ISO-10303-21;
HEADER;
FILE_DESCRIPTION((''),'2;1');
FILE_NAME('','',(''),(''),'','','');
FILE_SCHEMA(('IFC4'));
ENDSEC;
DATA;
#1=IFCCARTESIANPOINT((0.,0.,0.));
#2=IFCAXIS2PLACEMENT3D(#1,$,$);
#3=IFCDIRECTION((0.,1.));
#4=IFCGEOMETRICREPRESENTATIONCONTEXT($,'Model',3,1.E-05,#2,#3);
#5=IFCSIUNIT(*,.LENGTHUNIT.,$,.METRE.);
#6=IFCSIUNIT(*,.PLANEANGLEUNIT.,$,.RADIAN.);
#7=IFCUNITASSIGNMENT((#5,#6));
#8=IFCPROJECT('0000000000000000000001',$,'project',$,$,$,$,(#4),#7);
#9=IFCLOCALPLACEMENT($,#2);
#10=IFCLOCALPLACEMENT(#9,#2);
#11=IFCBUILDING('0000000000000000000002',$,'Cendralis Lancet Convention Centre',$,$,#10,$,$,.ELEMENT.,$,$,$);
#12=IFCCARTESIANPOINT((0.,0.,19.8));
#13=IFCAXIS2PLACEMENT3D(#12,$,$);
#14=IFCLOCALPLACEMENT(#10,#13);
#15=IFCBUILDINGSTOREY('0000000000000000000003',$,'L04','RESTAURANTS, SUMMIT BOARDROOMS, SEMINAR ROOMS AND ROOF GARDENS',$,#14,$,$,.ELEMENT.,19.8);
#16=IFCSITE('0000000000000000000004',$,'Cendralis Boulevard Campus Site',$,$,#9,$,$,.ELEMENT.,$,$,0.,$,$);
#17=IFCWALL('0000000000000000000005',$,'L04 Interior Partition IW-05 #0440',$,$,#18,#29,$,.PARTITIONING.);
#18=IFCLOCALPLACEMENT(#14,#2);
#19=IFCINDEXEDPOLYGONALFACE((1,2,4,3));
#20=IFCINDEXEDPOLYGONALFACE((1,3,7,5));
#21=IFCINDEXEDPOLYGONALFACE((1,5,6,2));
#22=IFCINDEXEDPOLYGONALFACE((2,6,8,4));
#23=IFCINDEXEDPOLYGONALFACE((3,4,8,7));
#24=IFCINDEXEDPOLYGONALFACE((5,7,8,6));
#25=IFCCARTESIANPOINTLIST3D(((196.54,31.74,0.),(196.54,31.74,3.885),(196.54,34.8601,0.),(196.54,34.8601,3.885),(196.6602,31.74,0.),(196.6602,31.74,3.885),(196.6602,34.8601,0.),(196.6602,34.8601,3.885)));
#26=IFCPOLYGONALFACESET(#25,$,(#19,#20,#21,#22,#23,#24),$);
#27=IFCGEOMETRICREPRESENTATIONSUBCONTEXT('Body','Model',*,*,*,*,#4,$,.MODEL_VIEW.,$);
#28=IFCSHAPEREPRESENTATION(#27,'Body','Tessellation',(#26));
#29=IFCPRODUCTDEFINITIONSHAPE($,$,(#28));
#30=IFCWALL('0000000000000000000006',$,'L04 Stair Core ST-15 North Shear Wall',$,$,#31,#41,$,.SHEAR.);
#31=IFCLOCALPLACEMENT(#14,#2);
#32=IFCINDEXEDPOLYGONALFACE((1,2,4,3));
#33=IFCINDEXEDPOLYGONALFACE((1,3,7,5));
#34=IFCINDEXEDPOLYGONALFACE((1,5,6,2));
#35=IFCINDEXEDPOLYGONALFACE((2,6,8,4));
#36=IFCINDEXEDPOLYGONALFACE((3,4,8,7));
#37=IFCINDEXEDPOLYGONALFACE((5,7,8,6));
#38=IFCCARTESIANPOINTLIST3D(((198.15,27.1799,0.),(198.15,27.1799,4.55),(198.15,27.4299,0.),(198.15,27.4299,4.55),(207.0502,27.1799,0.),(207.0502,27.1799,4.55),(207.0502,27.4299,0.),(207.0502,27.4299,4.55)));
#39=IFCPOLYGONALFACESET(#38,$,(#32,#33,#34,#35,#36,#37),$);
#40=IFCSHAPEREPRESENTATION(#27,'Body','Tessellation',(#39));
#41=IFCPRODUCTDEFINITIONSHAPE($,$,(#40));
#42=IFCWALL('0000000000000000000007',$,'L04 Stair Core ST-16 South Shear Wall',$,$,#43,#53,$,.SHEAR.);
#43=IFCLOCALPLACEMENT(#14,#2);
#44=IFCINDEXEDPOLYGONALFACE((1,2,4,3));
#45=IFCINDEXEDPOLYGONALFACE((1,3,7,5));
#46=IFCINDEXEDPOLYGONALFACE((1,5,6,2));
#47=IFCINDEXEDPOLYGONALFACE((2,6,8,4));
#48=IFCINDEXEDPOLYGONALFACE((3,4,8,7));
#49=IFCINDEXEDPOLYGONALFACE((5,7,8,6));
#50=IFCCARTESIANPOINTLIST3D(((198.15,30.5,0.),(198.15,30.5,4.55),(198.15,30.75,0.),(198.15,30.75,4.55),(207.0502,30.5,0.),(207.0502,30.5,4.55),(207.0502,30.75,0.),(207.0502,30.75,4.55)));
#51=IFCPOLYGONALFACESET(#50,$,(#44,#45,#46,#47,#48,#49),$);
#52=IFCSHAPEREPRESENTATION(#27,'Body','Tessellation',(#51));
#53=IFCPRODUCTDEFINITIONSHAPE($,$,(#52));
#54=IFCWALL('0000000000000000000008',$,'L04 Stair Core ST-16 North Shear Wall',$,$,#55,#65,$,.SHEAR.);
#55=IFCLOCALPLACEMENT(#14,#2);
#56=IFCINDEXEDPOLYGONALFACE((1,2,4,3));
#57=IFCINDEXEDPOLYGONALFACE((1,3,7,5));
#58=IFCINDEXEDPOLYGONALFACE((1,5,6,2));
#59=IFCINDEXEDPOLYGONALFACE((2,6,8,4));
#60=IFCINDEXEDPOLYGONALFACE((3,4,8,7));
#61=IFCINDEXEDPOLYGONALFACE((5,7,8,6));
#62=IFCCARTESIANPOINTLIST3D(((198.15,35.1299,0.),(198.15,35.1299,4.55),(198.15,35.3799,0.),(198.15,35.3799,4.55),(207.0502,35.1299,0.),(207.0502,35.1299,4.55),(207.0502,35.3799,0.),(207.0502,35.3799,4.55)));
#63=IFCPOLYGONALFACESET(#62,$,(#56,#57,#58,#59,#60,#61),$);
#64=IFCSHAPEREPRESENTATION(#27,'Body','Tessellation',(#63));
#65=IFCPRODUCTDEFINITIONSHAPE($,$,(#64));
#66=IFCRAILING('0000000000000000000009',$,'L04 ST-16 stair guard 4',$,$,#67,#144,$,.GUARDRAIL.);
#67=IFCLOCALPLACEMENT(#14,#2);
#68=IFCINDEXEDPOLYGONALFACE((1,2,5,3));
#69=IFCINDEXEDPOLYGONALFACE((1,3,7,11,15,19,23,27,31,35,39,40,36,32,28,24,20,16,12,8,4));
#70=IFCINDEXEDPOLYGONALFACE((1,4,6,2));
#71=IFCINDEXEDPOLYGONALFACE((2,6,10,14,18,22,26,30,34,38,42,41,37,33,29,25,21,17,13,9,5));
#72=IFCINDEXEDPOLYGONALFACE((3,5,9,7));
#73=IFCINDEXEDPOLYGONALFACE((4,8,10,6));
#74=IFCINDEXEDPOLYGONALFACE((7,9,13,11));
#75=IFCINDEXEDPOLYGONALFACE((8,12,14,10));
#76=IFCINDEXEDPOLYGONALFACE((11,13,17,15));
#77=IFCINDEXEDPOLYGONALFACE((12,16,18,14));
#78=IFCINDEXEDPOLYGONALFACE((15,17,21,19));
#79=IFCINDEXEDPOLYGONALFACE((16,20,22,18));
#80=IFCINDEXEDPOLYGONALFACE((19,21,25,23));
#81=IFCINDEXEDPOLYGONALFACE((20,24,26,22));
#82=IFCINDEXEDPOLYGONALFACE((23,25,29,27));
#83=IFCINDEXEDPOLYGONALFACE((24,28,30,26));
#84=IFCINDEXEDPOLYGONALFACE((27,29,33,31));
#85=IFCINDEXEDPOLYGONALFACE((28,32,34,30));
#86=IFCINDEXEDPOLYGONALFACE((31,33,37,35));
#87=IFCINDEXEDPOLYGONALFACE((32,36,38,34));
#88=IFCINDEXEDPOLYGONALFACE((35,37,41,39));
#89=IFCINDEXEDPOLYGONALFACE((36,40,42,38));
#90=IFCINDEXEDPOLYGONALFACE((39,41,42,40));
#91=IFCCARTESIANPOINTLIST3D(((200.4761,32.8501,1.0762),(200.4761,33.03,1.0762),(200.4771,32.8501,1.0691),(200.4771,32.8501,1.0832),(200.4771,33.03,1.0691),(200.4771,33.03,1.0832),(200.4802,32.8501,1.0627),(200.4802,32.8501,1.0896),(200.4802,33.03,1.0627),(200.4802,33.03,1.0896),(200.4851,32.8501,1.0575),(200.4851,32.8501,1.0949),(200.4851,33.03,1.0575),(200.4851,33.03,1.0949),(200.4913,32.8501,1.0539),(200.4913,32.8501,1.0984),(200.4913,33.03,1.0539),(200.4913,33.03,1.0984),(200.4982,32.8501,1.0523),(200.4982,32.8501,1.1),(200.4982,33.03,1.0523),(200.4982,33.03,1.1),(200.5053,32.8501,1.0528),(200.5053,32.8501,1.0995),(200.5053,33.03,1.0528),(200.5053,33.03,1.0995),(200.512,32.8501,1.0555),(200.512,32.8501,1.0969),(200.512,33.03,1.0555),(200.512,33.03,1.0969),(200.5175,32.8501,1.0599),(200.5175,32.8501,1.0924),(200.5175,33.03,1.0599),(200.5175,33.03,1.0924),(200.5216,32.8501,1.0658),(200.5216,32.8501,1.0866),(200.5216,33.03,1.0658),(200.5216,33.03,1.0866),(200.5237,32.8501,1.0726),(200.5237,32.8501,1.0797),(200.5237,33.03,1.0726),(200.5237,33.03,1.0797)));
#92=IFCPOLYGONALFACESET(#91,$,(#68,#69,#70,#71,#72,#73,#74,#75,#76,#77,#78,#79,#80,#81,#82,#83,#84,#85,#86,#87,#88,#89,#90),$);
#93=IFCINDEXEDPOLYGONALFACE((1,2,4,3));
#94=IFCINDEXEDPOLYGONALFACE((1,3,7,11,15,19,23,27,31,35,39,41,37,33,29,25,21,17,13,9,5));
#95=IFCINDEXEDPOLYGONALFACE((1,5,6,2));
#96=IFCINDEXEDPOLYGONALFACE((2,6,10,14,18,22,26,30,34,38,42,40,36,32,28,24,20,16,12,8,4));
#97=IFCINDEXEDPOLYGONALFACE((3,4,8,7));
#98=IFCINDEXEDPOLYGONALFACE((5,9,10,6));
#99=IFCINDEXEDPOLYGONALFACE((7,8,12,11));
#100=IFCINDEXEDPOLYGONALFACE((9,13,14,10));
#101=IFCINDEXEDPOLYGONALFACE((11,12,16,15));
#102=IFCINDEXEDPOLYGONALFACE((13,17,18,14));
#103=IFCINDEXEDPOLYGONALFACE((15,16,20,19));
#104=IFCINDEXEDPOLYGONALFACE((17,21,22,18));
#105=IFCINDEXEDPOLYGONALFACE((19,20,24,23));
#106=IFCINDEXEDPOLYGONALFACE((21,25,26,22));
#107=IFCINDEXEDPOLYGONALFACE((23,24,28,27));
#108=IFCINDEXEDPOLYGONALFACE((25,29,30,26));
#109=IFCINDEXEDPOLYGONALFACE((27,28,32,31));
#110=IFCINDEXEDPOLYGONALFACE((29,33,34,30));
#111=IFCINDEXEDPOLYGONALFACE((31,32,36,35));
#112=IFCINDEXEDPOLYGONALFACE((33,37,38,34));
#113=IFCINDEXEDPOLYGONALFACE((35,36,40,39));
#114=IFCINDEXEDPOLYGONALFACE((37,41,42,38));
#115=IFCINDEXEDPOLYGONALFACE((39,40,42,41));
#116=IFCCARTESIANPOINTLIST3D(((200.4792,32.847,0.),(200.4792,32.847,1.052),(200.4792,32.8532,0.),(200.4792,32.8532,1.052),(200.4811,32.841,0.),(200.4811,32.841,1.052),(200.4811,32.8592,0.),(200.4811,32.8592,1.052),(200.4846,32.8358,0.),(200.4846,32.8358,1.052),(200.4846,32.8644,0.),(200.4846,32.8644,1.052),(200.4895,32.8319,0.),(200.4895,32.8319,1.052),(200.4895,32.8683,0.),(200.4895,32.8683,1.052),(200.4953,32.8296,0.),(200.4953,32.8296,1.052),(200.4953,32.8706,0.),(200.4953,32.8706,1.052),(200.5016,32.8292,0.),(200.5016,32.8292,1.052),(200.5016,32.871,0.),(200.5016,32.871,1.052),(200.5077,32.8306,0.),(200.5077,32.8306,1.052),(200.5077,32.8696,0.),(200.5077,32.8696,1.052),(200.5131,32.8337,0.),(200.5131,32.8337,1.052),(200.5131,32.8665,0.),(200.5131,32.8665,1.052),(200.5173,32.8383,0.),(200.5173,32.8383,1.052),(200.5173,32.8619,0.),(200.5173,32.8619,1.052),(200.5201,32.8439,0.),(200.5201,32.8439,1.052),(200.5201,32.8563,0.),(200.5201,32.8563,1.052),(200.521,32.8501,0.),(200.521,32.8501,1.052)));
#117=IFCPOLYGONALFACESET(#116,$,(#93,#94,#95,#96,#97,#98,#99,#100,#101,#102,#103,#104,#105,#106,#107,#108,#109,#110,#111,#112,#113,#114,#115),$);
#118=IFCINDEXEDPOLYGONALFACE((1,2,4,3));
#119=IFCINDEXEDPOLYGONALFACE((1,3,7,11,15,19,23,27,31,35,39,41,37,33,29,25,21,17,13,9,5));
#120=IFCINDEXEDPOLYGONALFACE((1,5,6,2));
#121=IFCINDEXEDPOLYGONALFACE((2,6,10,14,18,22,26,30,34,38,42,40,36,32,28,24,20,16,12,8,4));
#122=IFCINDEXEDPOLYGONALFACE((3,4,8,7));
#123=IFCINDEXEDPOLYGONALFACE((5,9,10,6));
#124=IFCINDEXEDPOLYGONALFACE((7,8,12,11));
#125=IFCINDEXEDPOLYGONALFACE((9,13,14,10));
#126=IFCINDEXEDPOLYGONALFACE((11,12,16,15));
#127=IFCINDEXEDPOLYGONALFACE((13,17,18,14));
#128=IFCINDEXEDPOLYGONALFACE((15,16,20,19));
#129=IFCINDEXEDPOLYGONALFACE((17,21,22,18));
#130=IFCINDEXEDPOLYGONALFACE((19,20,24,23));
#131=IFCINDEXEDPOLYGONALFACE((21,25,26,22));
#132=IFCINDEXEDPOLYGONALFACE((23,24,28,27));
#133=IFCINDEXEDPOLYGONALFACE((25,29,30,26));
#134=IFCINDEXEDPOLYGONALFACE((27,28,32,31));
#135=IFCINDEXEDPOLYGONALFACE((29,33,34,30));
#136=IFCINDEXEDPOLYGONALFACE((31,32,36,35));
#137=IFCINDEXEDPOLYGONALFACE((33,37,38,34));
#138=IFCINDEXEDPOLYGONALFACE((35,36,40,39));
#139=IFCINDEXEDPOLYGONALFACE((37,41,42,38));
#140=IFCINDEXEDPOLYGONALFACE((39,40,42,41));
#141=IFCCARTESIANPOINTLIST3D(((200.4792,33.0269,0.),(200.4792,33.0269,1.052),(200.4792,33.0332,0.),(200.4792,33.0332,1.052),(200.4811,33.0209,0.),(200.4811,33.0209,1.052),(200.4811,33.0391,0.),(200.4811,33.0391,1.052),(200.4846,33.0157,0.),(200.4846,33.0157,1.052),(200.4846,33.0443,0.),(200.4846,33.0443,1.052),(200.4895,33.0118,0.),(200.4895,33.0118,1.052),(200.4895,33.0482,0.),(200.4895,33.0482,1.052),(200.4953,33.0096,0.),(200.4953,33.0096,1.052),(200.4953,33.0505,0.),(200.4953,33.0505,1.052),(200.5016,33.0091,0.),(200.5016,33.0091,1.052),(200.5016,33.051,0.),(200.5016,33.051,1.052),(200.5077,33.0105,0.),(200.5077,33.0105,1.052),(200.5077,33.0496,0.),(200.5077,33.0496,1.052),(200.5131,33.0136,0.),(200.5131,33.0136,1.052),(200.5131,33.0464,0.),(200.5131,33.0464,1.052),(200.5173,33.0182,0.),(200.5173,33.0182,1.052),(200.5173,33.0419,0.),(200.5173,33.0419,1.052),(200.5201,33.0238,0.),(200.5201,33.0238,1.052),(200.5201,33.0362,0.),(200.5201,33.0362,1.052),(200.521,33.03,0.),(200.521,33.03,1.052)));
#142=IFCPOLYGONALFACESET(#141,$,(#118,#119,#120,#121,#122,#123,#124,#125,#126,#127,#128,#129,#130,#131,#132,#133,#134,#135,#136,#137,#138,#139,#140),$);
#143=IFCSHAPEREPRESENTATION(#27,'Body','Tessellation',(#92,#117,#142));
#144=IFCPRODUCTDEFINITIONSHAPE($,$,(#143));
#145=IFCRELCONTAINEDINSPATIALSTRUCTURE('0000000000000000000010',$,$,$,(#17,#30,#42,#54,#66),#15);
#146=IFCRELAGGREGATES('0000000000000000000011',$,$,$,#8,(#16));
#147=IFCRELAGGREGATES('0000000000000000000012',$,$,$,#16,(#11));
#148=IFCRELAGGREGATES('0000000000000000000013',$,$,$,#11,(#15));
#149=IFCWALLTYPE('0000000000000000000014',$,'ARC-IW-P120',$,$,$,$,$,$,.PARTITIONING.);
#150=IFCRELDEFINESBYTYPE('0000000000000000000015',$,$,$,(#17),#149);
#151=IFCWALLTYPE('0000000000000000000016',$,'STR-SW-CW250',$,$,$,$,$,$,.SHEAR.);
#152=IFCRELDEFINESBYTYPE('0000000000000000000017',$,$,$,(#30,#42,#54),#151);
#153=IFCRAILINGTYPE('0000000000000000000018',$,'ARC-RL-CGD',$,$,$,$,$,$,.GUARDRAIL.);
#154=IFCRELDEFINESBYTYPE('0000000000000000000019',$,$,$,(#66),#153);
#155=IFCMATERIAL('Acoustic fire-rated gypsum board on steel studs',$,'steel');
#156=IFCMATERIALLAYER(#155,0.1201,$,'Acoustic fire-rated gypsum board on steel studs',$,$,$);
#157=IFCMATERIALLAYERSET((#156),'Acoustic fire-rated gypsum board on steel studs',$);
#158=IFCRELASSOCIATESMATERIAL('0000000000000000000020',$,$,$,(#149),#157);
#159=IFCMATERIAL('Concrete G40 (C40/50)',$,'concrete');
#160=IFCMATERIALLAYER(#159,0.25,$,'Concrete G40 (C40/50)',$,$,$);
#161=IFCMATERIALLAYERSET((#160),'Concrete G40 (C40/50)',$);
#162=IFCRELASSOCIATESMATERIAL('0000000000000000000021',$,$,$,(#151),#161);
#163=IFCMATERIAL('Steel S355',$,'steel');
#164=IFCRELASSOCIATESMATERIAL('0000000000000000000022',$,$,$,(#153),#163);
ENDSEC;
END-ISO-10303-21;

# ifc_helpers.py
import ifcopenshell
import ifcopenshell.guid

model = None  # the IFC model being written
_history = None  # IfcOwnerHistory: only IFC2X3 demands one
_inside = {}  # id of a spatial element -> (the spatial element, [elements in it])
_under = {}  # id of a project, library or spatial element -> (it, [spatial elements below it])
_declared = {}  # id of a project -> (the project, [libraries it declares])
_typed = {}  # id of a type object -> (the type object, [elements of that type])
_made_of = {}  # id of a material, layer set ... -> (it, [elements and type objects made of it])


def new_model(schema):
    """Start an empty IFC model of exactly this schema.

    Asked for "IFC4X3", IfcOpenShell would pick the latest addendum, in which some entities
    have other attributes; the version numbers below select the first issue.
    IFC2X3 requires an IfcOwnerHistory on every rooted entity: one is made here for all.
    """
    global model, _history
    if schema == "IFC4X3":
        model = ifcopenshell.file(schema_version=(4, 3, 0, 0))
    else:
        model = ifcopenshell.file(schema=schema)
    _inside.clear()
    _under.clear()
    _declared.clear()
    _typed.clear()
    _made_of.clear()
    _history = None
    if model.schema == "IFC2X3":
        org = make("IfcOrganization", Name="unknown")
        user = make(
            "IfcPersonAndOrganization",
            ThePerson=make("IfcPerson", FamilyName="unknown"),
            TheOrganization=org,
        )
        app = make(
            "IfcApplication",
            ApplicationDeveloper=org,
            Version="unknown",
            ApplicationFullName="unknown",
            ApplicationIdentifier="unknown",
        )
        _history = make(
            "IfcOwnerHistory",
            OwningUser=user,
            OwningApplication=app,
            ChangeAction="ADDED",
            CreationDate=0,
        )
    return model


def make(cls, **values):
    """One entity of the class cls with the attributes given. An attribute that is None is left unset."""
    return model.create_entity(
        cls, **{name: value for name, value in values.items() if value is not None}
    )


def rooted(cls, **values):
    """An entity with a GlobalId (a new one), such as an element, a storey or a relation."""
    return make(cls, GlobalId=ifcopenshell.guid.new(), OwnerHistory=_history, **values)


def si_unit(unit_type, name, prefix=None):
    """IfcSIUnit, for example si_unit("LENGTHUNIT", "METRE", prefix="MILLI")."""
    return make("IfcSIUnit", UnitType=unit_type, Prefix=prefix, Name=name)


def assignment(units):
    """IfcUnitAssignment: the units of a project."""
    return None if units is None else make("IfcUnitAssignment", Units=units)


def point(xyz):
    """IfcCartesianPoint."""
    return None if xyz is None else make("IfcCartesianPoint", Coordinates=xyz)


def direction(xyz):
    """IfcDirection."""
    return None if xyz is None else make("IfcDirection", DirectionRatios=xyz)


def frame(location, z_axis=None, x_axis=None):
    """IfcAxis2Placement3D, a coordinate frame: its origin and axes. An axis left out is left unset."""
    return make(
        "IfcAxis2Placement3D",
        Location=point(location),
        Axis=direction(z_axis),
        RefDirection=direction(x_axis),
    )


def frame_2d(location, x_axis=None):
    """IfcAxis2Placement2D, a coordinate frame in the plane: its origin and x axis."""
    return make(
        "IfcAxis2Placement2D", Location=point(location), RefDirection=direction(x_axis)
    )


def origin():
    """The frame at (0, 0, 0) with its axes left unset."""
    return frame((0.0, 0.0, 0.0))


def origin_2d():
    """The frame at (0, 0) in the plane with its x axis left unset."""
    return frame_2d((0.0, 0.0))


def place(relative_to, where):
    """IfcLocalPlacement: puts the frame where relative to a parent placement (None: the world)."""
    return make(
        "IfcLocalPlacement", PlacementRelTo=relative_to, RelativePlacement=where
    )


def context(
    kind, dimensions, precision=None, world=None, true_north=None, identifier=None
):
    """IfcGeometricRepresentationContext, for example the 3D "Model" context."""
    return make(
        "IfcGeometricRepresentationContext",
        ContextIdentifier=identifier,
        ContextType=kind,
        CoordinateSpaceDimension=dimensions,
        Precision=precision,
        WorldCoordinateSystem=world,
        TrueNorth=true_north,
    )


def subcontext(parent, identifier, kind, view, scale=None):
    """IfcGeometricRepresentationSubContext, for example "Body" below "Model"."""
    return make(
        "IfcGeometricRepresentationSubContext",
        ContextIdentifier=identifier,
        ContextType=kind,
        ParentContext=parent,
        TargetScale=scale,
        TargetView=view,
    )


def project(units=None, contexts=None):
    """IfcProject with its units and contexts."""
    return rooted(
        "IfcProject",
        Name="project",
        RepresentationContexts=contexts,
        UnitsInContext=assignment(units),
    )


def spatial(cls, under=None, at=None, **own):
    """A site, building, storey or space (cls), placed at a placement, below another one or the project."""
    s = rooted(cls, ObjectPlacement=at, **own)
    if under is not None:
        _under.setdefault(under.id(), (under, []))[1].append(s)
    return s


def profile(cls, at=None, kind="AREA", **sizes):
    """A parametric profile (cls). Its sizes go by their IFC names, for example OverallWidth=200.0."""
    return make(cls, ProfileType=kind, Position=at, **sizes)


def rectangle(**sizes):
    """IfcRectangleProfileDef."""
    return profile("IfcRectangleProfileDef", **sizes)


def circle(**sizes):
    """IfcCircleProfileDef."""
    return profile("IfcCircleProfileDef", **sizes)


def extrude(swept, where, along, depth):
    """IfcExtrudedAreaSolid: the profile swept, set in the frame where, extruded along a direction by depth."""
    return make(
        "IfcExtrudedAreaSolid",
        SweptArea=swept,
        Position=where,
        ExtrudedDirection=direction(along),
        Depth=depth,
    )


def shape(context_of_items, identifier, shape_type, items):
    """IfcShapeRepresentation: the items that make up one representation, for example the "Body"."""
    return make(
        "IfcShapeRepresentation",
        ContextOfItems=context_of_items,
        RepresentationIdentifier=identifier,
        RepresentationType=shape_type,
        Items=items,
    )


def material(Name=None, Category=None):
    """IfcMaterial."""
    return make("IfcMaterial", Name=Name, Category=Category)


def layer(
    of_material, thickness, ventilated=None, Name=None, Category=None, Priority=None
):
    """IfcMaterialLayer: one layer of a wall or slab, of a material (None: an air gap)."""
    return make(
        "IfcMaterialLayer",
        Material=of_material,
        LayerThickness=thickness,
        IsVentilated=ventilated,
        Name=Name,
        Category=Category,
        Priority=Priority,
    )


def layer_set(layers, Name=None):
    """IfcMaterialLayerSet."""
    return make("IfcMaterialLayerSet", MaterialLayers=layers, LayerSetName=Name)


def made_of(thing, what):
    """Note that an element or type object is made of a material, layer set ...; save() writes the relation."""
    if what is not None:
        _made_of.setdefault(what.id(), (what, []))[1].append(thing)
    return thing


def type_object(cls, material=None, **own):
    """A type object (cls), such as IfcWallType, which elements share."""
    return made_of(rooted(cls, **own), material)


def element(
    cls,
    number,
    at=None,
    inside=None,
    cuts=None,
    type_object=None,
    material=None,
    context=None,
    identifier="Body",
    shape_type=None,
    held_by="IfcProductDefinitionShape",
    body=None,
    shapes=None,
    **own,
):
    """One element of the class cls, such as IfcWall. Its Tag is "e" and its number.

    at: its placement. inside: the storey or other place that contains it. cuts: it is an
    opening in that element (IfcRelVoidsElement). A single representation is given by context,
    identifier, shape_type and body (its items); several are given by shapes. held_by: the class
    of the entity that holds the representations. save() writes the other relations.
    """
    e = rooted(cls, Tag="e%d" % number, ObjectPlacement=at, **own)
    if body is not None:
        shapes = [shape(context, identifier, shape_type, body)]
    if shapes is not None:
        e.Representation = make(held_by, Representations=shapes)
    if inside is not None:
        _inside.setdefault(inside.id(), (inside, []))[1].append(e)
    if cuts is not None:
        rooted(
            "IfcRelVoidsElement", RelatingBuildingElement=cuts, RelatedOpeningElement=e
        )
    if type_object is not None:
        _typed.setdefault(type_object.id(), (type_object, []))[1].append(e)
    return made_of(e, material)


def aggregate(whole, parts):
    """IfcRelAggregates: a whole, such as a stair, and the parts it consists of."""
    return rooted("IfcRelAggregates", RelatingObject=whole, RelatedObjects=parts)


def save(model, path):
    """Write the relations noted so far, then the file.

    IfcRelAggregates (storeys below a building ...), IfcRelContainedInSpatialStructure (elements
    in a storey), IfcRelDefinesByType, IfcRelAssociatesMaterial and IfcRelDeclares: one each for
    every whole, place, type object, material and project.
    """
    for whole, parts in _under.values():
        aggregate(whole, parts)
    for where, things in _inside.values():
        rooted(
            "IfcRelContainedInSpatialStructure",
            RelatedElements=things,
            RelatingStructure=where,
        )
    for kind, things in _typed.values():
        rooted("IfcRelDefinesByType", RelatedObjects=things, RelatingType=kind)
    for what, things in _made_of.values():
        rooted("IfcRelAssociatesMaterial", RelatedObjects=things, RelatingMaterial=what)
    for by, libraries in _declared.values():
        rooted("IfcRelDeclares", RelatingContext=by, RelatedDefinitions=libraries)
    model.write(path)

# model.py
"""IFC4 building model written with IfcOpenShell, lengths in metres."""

from ifc_helpers import new_model, si_unit, direction, frame, frame_2d, origin, origin_2d, place, context, subcontext, project, spatial, rectangle, circle, extrude, material, layer, layer_set, type_object, element, save


model = new_model("IFC4")

# Units and contexts
model_context = context("Model", 3, precision=1e-05, world=origin(), true_north=direction((0.0, 1.0)))
body_context = subcontext(model_context, "Body", "Model", "MODEL_VIEW")
ifc_project = project(units=[si_unit("LENGTHUNIT", "METRE"), si_unit("PLANEANGLEUNIT", "RADIAN")], contexts=[model_context])

# Site, building, storey
site_placement = place(None, origin())
site = spatial("IfcSite", under=ifc_project, at=site_placement, Name="Cendralis Boulevard Campus Site", CompositionType="ELEMENT", RefElevation=0.0)
building_placement = place(site_placement, origin())
building = spatial("IfcBuilding", under=site, at=building_placement, Name="Cendralis Lancet Convention Centre", CompositionType="ELEMENT")
storey_placement = place(building_placement, frame((0.0, 0.0, 19.8)))
storey = spatial("IfcBuildingStorey", under=building, at=storey_placement, Name="L04", Description="RESTAURANTS, SUMMIT BOARDROOMS, SEMINAR ROOMS AND ROOF GARDENS", CompositionType="ELEMENT", Elevation=19.8)

# Shared definitions
ifc_material_1 = material(Name="Concrete G40 (C40/50)", Category="concrete")

# Shared definitions
ifc_material_2 = material(Name="Acoustic fire-rated gypsum board on steel studs", Category="steel")
ifc_layer_1 = layer(ifc_material_2, 0.1201, Name="Acoustic fire-rated gypsum board on steel studs")
ifc_layer_set_1 = layer_set([ifc_layer_1], Name="Acoustic fire-rated gypsum board on steel studs")
wall_type_1 = type_object("IfcWallType", Name="ARC-IW-P120", PredefinedType="PARTITIONING", material=ifc_layer_set_1)

# Shared definitions
ifc_material_3 = material(Name="Steel S355", Category="steel")

# Walls
wall_1_placement = place(storey_placement, frame((196.6001, 31.74, 0.0), z_axis=(0.0, 0.0, 1.0), x_axis=(0.0, 1.0, 0.0)))
element("IfcWall", 1, at=wall_1_placement, inside=storey, type_object=wall_type_1, Name="L04 Interior Partition IW-05 #0440", PredefinedType="PARTITIONING", context=body_context, shape_type="SweptSolid", body=[
    extrude(rectangle(XDim=3.1201, YDim=0.1201, at=frame_2d((1.5601, 0.0))), origin(), (0.0, 0.0, 1.0), 3.885),
])
ifc_layer_2 = layer(ifc_material_1, 0.25, Name="Concrete G40 (C40/50)")
ifc_layer_set_2 = layer_set([ifc_layer_2], Name="Concrete G40 (C40/50)")
wall_type_2 = type_object("IfcWallType", Name="STR-SW-CW250", PredefinedType="SHEAR", material=ifc_layer_set_2)
wall_2_placement = place(storey_placement, frame((198.1499, 27.3049, 0.0), z_axis=(0.0, 0.0, 1.0), x_axis=(1.0, 0.0, 0.0)))
element("IfcWall", 2, at=wall_2_placement, inside=storey, type_object=wall_type_2, Name="L04 Stair Core ST-15 North Shear Wall", PredefinedType="SHEAR", context=body_context, shape_type="SweptSolid", body=[
    extrude(rectangle(XDim=8.9001, YDim=0.25, at=frame_2d((4.4502, 0.0))), origin(), (0.0, 0.0, 1.0), 4.55),
])

# Walls
for number, where, z_axis, x_axis, name in (
    (3, (198.1499, 30.625, 0.0), (0.0, 0.0, 1.0), (1.0, 0.0, 0.0), "L04 Stair Core ST-16 South Shear Wall"),
    (4, (198.1499, 35.2549, 0.0), (0.0, 0.0, 1.0), (1.0, 0.0, 0.0), "L04 Stair Core ST-16 North Shear Wall"),
):
    element("IfcWall", number, at=place(storey_placement, frame(where, z_axis=z_axis, x_axis=x_axis)), inside=storey, type_object=wall_type_2, Name=name, PredefinedType="SHEAR", context=body_context, shape_type="SweptSolid", body=[
        extrude(rectangle(XDim=8.9001, YDim=0.25, at=frame_2d((4.4502, 0.0))), origin(), (0.0, 0.0, 1.0), 4.55),
    ])

# Railing
railing_type_1 = type_object("IfcRailingType", Name="ARC-RL-CGD", PredefinedType="GUARDRAIL", material=ifc_material_3)
railing_1_placement = place(storey_placement, frame((200.5, 32.8501, 0.0)))
element("IfcRailing", 5, at=railing_1_placement, inside=storey, type_object=railing_type_1, Name="L04 ST-16 stair guard 4", PredefinedType="GUARDRAIL", context=body_context, shape_type="SweptSolid", body=[
    extrude(circle(Radius=0.0239, at=origin_2d()), frame((0.0, 0.0, 1.0762), z_axis=(0.0, 1.0, 0.0), x_axis=(-1.0, 0.0, 0.0)), (0.0, 0.0, 1.0), 0.1799),
    extrude(circle(Radius=0.021, at=origin_2d()), origin(), (0.0, 0.0, 1.0), 1.052),
    extrude(circle(Radius=0.021, at=origin_2d()), frame((0.0, 0.1799, 0.0)), (0.0, 0.0, 1.0), 1.052),
])

save(model, "model.ifc")
